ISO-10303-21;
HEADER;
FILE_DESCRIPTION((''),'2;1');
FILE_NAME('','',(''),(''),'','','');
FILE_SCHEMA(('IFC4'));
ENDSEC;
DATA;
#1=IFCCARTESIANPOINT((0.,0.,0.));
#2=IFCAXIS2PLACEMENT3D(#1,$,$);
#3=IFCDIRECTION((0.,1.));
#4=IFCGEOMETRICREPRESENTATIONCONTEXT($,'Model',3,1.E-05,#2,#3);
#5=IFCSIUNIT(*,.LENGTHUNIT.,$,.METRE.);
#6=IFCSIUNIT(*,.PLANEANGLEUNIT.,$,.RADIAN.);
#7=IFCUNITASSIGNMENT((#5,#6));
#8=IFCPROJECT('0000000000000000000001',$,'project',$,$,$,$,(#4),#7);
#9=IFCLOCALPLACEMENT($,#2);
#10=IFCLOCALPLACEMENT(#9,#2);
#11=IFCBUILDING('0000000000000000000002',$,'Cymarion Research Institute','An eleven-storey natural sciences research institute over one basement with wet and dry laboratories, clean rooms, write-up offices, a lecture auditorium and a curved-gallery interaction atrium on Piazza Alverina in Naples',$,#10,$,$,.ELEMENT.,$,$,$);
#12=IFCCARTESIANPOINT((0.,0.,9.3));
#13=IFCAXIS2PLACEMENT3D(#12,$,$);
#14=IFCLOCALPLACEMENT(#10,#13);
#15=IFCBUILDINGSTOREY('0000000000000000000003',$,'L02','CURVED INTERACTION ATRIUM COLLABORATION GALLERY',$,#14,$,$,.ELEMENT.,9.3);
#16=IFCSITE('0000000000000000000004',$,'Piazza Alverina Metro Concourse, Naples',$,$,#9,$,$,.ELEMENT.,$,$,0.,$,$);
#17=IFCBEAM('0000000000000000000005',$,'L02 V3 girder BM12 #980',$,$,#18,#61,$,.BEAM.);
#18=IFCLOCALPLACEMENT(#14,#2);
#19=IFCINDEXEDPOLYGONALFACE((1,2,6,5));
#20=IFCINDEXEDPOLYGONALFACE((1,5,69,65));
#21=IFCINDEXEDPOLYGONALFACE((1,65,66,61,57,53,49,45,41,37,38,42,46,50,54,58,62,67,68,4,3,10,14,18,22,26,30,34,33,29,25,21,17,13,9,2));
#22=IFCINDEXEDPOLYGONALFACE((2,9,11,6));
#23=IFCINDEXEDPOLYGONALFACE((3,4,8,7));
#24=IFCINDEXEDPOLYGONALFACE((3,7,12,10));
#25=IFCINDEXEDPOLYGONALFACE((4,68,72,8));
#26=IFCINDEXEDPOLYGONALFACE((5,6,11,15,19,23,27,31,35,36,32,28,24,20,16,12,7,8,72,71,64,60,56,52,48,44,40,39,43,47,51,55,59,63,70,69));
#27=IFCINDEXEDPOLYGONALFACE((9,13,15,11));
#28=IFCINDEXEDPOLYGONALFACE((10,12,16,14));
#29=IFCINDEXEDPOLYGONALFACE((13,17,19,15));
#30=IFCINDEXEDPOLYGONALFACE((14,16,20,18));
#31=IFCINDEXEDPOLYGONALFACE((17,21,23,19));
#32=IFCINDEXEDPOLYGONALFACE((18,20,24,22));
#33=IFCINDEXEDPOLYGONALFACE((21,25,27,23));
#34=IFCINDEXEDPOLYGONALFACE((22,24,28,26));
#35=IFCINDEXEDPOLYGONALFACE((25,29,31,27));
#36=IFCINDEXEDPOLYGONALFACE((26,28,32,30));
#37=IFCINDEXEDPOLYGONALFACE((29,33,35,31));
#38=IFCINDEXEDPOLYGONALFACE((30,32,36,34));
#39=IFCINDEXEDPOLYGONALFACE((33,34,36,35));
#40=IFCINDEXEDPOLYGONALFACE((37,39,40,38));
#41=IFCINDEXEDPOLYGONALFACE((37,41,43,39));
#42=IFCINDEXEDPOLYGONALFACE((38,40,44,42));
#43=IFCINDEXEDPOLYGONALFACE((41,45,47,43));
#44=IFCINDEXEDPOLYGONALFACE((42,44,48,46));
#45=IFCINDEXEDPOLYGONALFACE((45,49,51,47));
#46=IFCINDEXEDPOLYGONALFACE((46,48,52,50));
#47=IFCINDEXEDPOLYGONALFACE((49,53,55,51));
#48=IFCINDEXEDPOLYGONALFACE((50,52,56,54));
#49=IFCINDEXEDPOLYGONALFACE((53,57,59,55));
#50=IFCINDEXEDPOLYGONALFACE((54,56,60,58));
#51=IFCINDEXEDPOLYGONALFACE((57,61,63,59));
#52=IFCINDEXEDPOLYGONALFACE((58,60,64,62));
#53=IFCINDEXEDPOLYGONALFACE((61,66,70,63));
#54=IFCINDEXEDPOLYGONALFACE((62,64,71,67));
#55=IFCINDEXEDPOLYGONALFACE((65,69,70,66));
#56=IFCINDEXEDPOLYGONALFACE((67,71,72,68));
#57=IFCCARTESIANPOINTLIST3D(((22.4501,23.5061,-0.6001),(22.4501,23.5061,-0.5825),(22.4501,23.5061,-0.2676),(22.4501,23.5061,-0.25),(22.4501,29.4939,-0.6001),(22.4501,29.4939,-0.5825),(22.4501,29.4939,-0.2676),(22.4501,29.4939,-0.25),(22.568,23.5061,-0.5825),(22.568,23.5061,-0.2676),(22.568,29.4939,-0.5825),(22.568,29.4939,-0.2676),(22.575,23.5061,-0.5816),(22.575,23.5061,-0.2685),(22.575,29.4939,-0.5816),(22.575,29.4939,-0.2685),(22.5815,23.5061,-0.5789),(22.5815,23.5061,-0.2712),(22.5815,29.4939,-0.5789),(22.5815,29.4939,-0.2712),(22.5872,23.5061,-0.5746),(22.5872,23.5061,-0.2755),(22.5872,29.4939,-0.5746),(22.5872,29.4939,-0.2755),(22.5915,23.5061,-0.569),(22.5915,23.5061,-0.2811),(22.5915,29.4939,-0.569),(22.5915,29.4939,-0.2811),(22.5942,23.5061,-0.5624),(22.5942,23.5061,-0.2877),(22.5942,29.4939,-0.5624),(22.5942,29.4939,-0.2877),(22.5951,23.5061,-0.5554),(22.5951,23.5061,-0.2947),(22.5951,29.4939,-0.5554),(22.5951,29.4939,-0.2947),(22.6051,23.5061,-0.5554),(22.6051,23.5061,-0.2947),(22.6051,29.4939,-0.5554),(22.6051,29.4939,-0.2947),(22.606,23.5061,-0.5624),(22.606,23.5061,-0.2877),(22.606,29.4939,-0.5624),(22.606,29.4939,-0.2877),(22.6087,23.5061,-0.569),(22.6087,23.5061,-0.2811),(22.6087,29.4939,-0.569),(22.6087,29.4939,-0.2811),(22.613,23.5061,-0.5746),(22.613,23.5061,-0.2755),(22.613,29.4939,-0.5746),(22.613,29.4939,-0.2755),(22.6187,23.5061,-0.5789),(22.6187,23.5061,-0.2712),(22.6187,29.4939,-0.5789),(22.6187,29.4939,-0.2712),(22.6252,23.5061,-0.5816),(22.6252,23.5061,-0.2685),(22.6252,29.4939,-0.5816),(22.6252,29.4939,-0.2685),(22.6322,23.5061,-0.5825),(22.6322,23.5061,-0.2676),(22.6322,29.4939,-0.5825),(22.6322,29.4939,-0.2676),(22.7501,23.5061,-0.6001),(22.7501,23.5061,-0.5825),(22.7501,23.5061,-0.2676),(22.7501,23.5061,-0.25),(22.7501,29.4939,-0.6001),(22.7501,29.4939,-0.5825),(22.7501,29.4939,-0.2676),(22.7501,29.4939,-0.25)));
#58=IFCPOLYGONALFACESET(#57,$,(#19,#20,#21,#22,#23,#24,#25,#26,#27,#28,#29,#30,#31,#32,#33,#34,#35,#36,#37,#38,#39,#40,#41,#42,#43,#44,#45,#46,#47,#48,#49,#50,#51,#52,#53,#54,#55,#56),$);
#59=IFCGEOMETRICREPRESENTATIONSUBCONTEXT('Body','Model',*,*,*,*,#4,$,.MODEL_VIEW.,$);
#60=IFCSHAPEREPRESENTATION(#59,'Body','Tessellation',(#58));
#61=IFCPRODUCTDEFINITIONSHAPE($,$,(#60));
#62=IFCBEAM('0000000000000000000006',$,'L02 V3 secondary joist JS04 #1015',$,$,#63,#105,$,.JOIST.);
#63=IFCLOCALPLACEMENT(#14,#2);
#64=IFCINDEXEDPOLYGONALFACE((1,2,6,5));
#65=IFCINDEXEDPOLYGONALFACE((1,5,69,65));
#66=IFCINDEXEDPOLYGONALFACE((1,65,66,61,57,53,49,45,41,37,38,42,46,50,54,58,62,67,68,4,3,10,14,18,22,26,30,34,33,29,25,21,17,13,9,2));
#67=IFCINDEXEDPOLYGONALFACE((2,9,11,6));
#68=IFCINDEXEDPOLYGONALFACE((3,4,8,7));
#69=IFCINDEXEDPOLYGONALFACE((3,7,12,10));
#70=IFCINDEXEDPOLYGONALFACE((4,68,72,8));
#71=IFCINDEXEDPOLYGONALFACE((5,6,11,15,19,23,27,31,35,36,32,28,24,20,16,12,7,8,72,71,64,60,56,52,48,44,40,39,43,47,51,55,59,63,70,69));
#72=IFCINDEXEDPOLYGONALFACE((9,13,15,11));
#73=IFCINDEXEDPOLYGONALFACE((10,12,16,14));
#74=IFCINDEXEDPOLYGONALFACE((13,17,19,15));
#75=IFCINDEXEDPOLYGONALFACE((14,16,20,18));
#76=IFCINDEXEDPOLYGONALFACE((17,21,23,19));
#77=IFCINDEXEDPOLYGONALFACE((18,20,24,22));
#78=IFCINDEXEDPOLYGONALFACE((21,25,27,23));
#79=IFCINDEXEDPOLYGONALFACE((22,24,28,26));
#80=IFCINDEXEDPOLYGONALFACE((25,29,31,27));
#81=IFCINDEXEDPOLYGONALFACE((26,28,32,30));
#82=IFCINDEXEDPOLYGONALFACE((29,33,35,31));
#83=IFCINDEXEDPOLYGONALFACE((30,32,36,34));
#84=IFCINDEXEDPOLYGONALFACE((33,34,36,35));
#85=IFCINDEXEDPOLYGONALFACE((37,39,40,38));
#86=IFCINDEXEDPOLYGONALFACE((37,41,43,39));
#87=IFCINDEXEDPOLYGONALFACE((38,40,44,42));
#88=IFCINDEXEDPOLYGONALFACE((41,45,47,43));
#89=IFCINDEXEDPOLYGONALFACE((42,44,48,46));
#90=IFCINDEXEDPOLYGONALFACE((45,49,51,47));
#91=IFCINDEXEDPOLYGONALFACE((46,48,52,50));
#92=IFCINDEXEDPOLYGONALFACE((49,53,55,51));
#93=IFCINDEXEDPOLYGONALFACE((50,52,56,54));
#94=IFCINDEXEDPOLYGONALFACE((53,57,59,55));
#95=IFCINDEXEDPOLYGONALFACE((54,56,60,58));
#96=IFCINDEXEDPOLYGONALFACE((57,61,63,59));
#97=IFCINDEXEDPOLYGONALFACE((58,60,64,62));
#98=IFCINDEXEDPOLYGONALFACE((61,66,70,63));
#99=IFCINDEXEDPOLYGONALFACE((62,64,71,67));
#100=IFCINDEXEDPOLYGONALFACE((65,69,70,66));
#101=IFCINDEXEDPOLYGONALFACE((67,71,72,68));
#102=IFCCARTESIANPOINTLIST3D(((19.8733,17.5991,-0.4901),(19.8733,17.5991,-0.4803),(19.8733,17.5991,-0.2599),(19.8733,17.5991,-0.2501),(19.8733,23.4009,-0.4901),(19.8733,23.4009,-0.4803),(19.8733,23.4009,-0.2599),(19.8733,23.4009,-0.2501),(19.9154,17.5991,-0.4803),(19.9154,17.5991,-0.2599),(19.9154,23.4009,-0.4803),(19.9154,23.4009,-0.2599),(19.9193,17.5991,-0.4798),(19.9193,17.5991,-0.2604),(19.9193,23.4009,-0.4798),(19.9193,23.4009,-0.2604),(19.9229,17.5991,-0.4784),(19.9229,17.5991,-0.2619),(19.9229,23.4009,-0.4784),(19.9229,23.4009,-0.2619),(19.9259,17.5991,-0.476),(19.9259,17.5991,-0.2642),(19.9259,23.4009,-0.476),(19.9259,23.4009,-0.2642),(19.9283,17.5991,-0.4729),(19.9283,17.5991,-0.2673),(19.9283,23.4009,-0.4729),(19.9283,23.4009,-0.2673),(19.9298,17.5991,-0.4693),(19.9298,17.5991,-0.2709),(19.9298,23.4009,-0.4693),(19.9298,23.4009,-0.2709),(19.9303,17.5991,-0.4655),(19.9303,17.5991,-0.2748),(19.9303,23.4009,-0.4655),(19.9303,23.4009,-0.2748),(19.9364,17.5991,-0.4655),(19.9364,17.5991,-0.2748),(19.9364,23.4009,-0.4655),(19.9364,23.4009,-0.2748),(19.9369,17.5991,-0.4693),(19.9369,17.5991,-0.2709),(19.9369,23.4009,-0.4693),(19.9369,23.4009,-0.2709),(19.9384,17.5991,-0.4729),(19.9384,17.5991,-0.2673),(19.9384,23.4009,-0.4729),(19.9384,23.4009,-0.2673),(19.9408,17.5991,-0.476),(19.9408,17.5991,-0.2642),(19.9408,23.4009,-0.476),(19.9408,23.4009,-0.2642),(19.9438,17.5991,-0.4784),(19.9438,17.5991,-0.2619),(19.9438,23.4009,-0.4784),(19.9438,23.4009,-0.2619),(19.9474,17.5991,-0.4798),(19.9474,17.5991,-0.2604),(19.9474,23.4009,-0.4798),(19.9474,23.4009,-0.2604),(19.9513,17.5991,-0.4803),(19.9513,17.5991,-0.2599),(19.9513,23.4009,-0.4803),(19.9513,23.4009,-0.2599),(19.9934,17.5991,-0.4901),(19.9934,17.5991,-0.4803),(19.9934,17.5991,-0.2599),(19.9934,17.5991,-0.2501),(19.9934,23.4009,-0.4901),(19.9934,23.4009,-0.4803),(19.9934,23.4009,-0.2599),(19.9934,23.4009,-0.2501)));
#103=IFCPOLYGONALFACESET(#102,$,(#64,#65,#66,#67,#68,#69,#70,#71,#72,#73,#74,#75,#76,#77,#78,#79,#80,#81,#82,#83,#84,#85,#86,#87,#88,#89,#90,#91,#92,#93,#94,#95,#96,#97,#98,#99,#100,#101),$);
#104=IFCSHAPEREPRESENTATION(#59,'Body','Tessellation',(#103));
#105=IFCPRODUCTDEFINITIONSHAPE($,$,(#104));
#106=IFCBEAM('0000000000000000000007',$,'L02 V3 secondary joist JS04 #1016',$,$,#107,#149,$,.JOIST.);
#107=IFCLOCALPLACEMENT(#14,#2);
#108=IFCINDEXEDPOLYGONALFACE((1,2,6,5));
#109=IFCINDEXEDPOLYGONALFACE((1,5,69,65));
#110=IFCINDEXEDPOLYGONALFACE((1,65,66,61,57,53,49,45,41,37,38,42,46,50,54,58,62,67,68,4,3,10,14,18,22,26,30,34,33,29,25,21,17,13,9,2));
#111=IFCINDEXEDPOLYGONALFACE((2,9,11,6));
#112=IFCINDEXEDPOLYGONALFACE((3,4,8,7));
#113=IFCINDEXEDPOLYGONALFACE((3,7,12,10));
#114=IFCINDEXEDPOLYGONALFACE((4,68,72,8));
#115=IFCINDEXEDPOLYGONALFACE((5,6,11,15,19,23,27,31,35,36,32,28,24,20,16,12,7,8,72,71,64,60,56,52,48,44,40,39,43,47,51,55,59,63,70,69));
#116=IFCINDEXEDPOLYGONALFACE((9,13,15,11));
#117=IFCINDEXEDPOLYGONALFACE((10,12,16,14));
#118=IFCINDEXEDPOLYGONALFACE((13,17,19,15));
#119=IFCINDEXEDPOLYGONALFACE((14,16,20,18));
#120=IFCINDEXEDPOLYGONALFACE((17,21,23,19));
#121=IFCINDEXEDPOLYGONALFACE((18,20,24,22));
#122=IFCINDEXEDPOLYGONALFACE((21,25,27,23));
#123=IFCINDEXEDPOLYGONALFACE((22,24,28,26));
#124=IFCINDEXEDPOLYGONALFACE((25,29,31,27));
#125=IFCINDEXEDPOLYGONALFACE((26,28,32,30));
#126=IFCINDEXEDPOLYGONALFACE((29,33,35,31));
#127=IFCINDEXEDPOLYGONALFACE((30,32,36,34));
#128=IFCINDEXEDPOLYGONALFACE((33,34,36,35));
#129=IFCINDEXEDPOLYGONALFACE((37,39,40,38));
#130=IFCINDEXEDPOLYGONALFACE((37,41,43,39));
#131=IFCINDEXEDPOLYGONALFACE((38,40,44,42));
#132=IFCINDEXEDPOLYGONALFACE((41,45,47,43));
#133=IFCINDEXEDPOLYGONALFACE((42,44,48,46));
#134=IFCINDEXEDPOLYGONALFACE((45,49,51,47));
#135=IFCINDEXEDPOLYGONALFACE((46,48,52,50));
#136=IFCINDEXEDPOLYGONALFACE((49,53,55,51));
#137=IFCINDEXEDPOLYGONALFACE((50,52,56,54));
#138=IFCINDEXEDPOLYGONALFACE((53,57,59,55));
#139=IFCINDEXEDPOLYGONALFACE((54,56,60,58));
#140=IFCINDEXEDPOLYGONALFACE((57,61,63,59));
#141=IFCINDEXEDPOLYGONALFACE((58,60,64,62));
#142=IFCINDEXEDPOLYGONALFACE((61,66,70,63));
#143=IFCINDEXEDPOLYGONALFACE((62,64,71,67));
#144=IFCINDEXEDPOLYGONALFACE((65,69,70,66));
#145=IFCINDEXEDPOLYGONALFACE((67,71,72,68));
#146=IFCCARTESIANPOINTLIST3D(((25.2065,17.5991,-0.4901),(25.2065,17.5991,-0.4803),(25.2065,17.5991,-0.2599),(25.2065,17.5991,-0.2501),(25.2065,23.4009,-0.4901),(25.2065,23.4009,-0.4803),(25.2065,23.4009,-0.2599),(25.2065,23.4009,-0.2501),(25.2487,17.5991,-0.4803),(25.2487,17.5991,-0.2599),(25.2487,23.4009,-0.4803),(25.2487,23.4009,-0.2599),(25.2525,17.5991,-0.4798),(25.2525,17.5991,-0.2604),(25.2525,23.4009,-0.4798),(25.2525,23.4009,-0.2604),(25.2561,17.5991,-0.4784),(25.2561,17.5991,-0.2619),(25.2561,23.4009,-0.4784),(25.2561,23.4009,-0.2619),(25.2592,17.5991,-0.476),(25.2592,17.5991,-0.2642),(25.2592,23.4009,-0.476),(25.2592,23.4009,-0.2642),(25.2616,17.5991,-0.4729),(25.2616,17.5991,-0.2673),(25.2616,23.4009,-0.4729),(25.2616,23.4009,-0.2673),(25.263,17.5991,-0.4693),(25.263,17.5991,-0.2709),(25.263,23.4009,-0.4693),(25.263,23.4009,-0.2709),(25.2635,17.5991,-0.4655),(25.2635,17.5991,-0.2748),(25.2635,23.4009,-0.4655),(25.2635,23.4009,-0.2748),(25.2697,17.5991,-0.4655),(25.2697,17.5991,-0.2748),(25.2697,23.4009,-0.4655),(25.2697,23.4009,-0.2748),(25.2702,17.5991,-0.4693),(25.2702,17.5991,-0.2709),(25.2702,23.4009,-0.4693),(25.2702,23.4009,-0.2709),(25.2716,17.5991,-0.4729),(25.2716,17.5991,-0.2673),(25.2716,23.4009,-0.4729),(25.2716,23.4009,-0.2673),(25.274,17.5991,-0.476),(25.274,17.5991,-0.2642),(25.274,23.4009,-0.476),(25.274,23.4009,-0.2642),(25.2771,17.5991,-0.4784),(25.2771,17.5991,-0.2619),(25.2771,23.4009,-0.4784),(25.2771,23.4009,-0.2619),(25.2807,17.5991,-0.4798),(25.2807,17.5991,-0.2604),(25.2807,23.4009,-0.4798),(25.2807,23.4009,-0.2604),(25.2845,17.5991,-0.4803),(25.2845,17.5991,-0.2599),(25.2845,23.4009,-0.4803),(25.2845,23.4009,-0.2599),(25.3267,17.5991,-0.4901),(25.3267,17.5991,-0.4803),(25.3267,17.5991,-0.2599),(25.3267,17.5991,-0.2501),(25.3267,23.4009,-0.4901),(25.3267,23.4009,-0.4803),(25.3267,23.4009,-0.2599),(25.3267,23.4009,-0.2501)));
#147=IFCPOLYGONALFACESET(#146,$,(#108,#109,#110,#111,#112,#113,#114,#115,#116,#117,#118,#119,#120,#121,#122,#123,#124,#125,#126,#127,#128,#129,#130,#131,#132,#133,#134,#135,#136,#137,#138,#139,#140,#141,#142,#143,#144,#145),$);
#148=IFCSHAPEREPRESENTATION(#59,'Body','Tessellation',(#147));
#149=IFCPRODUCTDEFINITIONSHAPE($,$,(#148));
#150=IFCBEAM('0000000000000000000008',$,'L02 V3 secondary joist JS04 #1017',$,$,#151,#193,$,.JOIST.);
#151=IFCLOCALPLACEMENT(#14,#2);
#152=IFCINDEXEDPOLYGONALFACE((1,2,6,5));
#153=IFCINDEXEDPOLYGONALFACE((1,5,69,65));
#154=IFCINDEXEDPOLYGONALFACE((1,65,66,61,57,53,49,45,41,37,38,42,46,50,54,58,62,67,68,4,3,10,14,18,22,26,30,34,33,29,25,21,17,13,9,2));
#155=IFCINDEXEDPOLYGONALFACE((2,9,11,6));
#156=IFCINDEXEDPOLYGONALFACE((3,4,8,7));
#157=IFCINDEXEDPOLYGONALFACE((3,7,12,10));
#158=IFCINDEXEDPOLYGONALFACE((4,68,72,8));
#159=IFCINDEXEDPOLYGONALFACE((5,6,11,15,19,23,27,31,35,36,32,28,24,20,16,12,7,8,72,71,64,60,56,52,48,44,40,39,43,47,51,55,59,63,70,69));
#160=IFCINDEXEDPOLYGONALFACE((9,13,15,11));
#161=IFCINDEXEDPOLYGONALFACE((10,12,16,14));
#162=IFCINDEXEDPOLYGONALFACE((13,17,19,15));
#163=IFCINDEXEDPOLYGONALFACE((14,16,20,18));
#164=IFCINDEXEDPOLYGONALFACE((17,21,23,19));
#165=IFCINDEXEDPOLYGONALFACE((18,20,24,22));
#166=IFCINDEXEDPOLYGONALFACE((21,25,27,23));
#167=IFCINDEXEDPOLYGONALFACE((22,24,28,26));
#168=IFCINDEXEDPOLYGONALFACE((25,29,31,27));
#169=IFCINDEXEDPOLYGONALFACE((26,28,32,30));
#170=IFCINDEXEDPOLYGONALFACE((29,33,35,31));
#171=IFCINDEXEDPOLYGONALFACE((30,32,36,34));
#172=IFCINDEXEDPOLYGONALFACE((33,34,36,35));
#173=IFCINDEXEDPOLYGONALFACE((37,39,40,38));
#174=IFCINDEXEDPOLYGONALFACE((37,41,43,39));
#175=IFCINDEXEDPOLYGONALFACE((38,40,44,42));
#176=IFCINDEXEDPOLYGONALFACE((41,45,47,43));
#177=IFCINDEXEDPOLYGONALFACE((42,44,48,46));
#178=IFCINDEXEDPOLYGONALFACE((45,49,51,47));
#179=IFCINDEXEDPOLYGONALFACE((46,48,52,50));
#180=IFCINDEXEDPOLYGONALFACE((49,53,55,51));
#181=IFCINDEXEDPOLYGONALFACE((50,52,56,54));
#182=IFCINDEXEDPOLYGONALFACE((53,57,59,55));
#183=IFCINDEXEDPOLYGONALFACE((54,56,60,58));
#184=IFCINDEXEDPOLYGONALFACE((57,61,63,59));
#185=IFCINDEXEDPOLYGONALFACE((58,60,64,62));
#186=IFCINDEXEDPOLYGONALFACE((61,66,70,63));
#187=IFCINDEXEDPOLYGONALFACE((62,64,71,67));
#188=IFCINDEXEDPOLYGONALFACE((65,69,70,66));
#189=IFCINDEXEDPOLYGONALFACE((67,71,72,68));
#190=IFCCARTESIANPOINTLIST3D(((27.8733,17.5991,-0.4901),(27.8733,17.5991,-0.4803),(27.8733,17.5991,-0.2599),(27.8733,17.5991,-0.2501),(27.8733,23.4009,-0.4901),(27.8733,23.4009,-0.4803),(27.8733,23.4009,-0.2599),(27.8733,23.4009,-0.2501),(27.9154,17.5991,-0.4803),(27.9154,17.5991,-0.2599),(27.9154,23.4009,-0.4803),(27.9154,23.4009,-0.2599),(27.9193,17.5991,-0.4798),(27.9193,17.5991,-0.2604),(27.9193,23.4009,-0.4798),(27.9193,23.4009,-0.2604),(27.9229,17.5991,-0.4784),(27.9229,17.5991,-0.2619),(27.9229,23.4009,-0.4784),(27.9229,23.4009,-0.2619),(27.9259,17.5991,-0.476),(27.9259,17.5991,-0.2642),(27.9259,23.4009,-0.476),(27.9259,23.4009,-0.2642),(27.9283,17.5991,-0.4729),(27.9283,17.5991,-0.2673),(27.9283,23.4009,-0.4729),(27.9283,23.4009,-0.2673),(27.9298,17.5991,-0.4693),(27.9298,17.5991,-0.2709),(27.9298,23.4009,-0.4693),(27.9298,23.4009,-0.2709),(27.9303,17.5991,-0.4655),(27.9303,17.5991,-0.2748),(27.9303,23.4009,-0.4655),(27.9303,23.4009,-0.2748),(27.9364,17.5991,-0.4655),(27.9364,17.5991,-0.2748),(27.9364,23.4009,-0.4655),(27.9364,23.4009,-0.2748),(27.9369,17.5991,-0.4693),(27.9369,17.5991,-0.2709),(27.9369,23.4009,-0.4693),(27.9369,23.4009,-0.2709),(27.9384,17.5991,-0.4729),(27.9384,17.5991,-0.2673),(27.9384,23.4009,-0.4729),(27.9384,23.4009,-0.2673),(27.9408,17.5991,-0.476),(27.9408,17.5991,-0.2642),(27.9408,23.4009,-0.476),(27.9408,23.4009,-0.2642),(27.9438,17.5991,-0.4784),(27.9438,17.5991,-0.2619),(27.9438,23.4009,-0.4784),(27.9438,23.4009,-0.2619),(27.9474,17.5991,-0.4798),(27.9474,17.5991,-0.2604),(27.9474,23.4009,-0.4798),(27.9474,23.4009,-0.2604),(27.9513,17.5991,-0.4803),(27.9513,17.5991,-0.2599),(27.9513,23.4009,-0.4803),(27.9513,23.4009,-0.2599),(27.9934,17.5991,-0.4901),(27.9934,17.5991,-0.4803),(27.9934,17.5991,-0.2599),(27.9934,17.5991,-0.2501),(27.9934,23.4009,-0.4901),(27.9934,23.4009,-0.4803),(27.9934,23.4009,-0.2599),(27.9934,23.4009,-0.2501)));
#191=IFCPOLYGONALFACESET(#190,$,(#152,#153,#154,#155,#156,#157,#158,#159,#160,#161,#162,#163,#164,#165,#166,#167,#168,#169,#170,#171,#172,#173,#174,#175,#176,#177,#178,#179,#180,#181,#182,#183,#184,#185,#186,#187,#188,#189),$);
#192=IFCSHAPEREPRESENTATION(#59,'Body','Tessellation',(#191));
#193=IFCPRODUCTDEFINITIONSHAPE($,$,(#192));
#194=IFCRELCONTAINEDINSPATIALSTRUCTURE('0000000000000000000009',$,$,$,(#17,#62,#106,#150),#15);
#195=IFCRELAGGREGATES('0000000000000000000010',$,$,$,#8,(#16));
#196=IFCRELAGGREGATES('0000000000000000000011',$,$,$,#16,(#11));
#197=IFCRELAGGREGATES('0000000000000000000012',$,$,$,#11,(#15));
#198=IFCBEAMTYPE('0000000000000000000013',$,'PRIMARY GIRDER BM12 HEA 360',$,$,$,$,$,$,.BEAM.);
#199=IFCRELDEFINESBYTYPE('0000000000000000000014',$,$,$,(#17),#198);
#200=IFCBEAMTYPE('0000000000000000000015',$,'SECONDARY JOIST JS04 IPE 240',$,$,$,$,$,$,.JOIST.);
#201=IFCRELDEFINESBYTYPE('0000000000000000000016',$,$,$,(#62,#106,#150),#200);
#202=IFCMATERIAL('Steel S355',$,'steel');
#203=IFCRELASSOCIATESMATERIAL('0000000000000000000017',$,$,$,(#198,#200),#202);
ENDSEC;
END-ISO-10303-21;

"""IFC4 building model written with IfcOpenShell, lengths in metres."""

from ifc_helpers import new_model, si_unit, direction, frame, origin, origin_2d, place, context, subcontext, project, spatial, i_section, extrude, material, material_profile, profile_set, type_object, element, save


model = new_model("IFC4")

# Units and contexts
model_context = context("Model", 3, precision=1e-05, world=origin(), true_north=direction((0.0, 1.0)))
body_context = subcontext(model_context, "Body", "Model", "MODEL_VIEW")
ifc_project = project(units=[si_unit("LENGTHUNIT", "METRE"), si_unit("PLANEANGLEUNIT", "RADIAN")], contexts=[model_context])

# Site, building, storey
site_placement = place(None, origin())
site = spatial("IfcSite", under=ifc_project, at=site_placement, Name="Piazza Alverina Metro Concourse, Naples", CompositionType="ELEMENT", RefElevation=0.0)
building_placement = place(site_placement, origin())
building = spatial("IfcBuilding", under=site, at=building_placement, Name="Cymarion Research Institute", Description="An eleven-storey natural sciences research institute over one basement with wet and dry laboratories, clean rooms, write-up offices, a lecture auditorium and a curved-gallery interaction atrium on Piazza Alverina in Naples", CompositionType="ELEMENT")
storey_placement = place(building_placement, frame((0.0, 0.0, 9.3)))
storey = spatial("IfcBuildingStorey", under=building, at=storey_placement, Name="L02", Description="CURVED INTERACTION ATRIUM COLLABORATION GALLERY", CompositionType="ELEMENT", Elevation=9.3)

# Shared definitions
ifc_material_1 = material(Name="Steel S355", Category="steel")

# Beams
ifc_material_profile_1 = material_profile(ifc_material_1, i_section(OverallWidth=0.3, OverallDepth=0.3501, WebThickness=0.01, FlangeThickness=0.0176, FilletRadius=0.0271, at=origin_2d()), Name="HEA 360")
ifc_profile_set_1 = profile_set([ifc_material_profile_1], Name="Steel S355")
beam_type_1 = type_object("IfcBeamType", Name="PRIMARY GIRDER BM12 HEA 360", PredefinedType="BEAM", material=ifc_profile_set_1)
for number, where, z_axis, x_axis, name in (
    (1, (22.6001, 23.5061, -0.425), (0.0, 1.0, 0.0), (-1.0, 0.0, 0.0), "L02 V3 girder BM12 #980"),
):
    element("IfcBeam", number, at=place(storey_placement, frame(where, z_axis=z_axis, x_axis=x_axis)), inside=storey, type_object=beam_type_1, Name=name, PredefinedType="BEAM", context=body_context, shape_type="SweptSolid", body=[
        extrude(i_section(OverallWidth=0.3, OverallDepth=0.3501, WebThickness=0.01, FlangeThickness=0.0176, FilletRadius=0.0271, at=origin_2d()), origin(), (0.0, 0.0, 1.0), 5.9878),
    ])
ifc_material_profile_2 = material_profile(ifc_material_1, i_section(OverallWidth=0.1201, OverallDepth=0.24, WebThickness=0.0061, FlangeThickness=0.0098, FilletRadius=0.0149, at=origin_2d()), Name="IPE 240")
ifc_profile_set_2 = profile_set([ifc_material_profile_2], Name="Steel S355")
beam_type_2 = type_object("IfcBeamType", Name="SECONDARY JOIST JS04 IPE 240", PredefinedType="JOIST", material=ifc_profile_set_2)
for number, where, z_axis, x_axis, name in (
    (2, (19.9333, 17.5991, -0.3701), (0.0, 1.0, 0.0), (-1.0, 0.0, 0.0), "L02 V3 secondary joist JS04 #1015"),
    (3, (25.2666, 17.5991, -0.3701), (0.0, 1.0, 0.0), (-1.0, 0.0, 0.0), "L02 V3 secondary joist JS04 #1016"),
    (4, (27.9333, 17.5991, -0.3701), (0.0, 1.0, 0.0), (-1.0, 0.0, 0.0), "L02 V3 secondary joist JS04 #1017"),
):
    element("IfcBeam", number, at=place(storey_placement, frame(where, z_axis=z_axis, x_axis=x_axis)), inside=storey, type_object=beam_type_2, Name=name, PredefinedType="JOIST", context=body_context, shape_type="SweptSolid", body=[
        extrude(i_section(OverallWidth=0.1201, OverallDepth=0.24, WebThickness=0.0061, FlangeThickness=0.0098, FilletRadius=0.0149, at=origin_2d()), origin(), (0.0, 0.0, 1.0), 5.8018),
    ])

save(model, "model.ifc")
